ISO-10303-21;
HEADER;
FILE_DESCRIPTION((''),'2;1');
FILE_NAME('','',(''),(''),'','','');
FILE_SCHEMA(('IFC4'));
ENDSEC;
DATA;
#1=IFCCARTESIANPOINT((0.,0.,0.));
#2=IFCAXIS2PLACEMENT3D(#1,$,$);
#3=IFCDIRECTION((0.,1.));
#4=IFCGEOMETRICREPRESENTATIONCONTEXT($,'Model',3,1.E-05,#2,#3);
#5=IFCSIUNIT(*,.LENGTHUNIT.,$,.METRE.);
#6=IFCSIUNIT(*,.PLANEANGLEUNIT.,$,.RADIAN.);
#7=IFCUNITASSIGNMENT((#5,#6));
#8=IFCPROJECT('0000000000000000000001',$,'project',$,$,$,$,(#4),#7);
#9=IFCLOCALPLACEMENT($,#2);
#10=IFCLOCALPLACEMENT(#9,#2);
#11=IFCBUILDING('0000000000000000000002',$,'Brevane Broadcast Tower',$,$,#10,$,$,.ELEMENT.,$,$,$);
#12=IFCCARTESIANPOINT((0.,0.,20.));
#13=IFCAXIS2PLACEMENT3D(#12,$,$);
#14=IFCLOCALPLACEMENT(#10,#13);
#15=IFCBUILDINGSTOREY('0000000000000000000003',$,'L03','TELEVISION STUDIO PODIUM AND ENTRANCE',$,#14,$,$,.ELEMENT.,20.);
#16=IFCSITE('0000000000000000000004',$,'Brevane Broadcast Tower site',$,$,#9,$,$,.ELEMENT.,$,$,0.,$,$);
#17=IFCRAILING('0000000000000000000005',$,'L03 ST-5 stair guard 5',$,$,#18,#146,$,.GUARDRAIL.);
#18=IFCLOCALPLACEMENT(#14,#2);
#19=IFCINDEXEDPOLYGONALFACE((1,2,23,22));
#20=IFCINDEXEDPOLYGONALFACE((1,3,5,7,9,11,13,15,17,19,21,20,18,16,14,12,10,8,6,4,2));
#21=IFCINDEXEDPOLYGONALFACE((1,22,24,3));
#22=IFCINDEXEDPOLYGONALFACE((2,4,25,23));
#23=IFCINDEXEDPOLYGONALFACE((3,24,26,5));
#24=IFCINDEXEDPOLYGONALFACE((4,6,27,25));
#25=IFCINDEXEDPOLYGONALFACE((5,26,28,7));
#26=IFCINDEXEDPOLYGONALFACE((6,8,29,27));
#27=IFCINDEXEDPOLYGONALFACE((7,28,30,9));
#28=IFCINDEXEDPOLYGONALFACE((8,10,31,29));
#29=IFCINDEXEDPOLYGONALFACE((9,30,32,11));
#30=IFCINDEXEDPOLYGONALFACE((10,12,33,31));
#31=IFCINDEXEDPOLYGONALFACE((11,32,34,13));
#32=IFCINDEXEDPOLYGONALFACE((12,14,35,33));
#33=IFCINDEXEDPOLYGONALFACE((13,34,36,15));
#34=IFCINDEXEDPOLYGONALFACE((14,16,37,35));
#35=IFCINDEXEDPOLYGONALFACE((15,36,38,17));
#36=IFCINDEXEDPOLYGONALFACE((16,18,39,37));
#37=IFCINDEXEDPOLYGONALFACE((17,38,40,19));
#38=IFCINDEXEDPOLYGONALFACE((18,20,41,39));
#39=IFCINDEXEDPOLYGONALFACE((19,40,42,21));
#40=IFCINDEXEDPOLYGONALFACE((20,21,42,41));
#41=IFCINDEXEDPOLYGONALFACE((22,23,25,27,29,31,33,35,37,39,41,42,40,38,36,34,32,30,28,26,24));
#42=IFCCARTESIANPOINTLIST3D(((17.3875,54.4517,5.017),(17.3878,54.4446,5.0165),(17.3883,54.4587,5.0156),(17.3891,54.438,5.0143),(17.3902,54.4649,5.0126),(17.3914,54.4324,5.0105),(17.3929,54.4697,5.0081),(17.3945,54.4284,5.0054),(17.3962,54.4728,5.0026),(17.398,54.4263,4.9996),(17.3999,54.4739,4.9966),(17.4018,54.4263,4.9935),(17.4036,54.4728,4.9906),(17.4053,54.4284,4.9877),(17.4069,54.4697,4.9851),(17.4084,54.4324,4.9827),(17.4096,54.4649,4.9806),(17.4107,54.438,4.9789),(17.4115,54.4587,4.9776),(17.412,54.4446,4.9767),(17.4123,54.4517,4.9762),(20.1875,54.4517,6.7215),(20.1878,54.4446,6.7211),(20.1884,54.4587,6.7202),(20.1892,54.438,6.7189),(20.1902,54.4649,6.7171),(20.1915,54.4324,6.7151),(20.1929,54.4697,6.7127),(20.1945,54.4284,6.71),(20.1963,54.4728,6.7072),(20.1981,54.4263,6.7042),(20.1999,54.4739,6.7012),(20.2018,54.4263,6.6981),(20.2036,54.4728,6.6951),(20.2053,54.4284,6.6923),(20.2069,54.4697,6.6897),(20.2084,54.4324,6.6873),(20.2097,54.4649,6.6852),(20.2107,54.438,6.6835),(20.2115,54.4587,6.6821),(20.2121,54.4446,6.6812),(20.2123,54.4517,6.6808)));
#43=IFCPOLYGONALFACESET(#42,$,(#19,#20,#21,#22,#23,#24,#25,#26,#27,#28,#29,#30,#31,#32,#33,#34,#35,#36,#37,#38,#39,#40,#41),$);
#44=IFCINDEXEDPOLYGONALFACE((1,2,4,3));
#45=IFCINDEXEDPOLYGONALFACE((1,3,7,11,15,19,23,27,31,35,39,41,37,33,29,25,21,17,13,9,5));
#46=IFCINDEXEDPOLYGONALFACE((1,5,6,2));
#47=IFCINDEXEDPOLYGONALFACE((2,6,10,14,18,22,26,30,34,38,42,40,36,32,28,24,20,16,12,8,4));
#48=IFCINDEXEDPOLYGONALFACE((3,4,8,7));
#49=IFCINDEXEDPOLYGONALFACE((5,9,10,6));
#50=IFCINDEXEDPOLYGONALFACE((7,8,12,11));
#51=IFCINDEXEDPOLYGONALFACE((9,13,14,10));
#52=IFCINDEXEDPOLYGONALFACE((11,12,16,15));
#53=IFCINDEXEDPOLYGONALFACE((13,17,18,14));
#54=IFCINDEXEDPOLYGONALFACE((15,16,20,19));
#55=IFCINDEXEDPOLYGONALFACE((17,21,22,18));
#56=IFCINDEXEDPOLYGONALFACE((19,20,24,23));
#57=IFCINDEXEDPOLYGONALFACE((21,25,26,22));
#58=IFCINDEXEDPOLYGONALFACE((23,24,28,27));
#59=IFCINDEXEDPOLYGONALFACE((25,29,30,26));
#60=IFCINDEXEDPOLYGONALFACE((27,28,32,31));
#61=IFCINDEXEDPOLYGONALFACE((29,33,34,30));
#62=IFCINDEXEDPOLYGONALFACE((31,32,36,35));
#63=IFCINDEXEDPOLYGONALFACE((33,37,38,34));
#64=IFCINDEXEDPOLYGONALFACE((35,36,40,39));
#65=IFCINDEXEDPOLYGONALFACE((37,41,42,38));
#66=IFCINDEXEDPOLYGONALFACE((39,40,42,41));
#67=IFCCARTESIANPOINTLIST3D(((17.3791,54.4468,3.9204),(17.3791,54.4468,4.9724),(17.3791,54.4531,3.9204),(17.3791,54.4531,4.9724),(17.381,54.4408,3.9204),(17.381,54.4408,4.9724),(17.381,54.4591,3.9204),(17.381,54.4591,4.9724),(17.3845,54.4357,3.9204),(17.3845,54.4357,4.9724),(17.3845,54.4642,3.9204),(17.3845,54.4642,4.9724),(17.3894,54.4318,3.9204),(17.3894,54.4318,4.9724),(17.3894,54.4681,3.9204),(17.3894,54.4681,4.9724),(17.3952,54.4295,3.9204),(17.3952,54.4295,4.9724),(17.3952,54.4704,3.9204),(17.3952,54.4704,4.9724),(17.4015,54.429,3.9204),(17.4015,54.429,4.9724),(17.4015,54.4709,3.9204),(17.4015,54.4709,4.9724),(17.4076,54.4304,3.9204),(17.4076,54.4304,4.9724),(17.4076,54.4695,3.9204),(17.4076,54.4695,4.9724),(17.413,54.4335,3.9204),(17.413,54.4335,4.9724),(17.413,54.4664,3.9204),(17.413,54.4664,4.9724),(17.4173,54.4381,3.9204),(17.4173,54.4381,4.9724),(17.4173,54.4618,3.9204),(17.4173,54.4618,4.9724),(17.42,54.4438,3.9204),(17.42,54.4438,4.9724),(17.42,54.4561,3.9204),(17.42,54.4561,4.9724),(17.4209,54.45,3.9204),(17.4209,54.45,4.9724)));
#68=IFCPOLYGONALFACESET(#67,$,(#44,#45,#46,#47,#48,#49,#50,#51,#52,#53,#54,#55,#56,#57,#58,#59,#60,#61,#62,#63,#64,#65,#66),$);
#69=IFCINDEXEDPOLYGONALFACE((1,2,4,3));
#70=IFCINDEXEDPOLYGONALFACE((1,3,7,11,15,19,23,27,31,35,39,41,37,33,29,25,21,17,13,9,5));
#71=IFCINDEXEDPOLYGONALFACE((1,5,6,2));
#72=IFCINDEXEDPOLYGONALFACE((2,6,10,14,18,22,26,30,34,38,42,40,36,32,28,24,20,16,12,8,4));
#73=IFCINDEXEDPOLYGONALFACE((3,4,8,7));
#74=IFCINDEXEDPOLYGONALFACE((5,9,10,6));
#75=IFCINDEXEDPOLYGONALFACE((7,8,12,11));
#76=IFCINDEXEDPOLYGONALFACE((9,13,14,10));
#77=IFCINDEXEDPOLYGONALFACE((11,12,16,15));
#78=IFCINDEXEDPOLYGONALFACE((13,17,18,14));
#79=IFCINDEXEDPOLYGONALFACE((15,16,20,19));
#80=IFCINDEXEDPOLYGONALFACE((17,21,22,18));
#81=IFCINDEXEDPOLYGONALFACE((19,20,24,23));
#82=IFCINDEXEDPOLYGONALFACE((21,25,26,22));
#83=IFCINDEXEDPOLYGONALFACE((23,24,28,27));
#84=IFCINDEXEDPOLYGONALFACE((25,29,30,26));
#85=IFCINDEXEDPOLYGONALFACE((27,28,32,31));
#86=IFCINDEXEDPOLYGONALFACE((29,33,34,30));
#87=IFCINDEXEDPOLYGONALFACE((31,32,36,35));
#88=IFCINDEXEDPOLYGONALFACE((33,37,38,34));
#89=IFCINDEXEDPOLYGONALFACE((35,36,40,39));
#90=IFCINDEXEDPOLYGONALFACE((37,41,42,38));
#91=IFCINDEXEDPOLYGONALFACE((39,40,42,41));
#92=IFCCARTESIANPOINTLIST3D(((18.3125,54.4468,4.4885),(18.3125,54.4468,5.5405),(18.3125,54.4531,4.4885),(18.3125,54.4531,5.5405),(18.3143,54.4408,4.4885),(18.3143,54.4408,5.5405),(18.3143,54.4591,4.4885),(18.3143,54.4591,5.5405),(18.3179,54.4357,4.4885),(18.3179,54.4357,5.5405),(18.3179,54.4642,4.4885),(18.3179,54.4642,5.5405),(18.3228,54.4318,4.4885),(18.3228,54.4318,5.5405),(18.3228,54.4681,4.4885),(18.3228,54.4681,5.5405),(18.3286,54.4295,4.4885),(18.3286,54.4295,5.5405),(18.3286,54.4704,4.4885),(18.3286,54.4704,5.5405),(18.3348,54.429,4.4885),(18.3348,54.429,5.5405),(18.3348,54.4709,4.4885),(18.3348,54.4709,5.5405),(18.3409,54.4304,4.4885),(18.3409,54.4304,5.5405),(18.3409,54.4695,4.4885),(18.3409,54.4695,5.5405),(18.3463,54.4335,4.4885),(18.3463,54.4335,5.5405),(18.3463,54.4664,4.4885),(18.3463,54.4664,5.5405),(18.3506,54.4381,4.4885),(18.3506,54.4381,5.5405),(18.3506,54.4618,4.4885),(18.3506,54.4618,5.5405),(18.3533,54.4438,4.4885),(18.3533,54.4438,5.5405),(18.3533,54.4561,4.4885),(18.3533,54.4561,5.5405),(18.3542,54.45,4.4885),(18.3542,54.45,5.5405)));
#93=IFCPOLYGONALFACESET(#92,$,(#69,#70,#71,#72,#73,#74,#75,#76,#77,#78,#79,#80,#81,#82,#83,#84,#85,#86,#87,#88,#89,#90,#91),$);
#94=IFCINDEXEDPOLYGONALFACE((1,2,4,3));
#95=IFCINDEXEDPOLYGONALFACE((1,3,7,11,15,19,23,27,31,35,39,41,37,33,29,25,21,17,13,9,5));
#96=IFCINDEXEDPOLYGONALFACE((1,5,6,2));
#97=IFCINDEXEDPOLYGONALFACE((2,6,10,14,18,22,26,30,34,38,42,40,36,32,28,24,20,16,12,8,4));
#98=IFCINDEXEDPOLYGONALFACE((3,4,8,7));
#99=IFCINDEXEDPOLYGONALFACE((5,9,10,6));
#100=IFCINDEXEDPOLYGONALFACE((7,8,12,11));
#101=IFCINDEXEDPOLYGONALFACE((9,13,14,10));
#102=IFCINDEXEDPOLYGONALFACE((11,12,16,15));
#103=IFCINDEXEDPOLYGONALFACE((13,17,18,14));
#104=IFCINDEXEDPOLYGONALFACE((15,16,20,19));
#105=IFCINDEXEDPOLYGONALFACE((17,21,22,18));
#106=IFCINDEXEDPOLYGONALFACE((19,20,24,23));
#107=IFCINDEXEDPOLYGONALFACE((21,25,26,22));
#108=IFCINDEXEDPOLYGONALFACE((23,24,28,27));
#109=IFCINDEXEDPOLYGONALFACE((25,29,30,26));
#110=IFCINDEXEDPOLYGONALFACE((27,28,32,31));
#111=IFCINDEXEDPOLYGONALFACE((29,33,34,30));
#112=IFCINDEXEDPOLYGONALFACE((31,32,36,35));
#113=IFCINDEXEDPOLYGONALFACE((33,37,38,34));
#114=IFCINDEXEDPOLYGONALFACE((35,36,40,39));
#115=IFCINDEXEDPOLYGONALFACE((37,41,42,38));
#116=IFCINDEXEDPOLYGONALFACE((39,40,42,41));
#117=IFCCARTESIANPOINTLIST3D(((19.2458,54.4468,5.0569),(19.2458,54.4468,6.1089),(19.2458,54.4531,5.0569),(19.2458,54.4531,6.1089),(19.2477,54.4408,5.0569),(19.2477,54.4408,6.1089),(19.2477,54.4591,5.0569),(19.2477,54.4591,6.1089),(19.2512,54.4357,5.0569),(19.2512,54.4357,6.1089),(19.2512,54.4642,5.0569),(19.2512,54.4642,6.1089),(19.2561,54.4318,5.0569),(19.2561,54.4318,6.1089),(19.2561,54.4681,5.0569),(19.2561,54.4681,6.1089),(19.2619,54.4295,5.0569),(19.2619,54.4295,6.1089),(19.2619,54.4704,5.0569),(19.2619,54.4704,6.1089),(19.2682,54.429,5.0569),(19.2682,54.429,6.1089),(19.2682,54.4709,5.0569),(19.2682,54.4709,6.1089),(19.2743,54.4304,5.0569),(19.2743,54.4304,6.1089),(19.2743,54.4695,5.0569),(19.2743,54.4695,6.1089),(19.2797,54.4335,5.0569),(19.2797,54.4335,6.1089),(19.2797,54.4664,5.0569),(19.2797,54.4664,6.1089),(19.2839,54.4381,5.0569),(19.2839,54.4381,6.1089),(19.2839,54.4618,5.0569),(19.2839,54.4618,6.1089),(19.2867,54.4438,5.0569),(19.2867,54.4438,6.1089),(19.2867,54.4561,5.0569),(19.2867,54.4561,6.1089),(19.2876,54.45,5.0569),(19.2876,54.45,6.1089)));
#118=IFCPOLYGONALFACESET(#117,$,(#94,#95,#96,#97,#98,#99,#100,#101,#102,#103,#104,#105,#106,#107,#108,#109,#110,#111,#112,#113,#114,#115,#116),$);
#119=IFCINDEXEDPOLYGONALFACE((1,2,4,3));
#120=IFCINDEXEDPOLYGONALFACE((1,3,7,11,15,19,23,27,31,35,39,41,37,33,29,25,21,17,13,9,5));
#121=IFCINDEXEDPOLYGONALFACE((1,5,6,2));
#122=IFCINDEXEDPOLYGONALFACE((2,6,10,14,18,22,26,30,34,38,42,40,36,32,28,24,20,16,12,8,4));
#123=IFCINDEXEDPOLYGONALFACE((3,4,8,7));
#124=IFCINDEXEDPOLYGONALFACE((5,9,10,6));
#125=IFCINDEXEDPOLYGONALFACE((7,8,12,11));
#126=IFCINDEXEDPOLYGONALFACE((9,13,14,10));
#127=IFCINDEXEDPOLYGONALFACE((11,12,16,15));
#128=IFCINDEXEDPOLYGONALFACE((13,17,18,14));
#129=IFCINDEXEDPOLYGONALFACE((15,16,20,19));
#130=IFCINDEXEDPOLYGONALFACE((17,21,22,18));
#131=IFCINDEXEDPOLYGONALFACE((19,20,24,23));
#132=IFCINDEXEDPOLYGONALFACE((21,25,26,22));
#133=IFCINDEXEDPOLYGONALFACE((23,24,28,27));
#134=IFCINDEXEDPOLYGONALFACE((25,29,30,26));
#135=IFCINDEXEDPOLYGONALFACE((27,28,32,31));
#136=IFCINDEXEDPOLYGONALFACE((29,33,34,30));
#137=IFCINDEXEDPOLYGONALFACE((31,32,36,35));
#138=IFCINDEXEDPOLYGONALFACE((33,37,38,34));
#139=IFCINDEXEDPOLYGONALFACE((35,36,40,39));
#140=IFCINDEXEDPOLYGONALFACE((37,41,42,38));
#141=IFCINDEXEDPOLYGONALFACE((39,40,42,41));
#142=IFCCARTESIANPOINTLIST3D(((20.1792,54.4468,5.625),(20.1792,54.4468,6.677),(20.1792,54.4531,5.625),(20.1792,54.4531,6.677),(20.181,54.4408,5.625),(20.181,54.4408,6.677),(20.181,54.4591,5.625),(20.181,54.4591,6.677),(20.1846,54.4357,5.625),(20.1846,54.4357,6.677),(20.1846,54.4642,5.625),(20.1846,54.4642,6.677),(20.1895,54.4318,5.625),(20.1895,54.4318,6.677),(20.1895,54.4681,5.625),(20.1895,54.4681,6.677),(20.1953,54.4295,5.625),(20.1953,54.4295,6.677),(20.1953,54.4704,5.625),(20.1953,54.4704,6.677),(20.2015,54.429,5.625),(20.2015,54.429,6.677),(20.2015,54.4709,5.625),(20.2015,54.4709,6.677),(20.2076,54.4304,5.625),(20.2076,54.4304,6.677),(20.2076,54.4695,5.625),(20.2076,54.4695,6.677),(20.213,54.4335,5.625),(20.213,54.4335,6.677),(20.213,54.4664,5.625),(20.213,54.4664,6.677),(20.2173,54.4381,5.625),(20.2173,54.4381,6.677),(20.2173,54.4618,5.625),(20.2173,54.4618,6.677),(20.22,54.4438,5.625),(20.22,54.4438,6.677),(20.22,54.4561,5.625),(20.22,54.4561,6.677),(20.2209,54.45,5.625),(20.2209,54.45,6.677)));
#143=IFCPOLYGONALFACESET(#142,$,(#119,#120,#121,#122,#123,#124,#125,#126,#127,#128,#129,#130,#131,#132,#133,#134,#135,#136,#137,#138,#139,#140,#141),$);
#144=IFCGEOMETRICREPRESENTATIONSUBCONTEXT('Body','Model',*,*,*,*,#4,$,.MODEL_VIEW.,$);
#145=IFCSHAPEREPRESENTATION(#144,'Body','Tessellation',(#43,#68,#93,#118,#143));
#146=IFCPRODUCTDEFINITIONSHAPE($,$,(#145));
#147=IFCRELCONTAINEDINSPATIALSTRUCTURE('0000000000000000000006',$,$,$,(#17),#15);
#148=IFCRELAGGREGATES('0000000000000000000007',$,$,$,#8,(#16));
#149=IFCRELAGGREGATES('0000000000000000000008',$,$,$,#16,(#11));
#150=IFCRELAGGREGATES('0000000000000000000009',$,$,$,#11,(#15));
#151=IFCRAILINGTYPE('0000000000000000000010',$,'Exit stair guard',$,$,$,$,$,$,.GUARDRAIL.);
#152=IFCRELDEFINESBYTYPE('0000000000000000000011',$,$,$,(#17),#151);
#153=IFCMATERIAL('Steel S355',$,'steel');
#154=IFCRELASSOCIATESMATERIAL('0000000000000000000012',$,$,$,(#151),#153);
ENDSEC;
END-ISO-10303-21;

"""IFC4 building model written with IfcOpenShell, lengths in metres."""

from ifc_helpers import new_model, si_unit, direction, frame, origin, origin_2d, place, context, subcontext, project, spatial, circle, extrude, material, type_object, element, save


model = new_model("IFC4")

# Units and contexts
model_context = context("Model", 3, precision=1e-05, world=origin(), true_north=direction((0.0, 1.0)))
body_context = subcontext(model_context, "Body", "Model", "MODEL_VIEW")
ifc_project = project(units=[si_unit("LENGTHUNIT", "METRE"), si_unit("PLANEANGLEUNIT", "RADIAN")], contexts=[model_context])

# Site, building, storey
site_placement = place(None, origin())
site = spatial("IfcSite", under=ifc_project, at=site_placement, Name="Brevane Broadcast Tower site", CompositionType="ELEMENT", RefElevation=0.0)
building_placement = place(site_placement, origin())
building = spatial("IfcBuilding", under=site, at=building_placement, Name="Brevane Broadcast Tower", CompositionType="ELEMENT")
storey_placement = place(building_placement, frame((0.0, 0.0, 20.0)))
storey = spatial("IfcBuildingStorey", under=building, at=storey_placement, Name="L03", Description="TELEVISION STUDIO PODIUM AND ENTRANCE", CompositionType="ELEMENT", Elevation=20.0)

# Railing
ifc_material_1 = material(Name="Steel S355", Category="steel")
railing_type_1 = type_object("IfcRailingType", Name="Exit stair guard", PredefinedType="GUARDRAIL", material=ifc_material_1)
railing_1_placement = place(storey_placement, frame((17.3999, 54.45, 3.9204)))
element("IfcRailing", 1, at=railing_1_placement, inside=storey, type_object=railing_type_1, Name="L03 ST-5 stair guard 5", PredefinedType="GUARDRAIL", context=body_context, shape_type="SweptSolid", body=[
    extrude(circle(Radius=0.0239, at=origin_2d()), frame((0.0, 0.0, 1.0762), z_axis=(0.85417, 0.0, 0.519994), x_axis=(0.0, 1.0, 0.0)), (0.0, 0.0, 1.0), 3.2781),
    extrude(circle(Radius=0.021, at=origin_2d()), origin(), (0.0, 0.0, 1.0), 1.052),
    extrude(circle(Radius=0.021, at=origin_2d()), frame((0.9333, 0.0, 0.5681)), (0.0, 0.0, 1.0), 1.052),
    extrude(circle(Radius=0.021, at=origin_2d()), frame((1.8667, 0.0, 1.1365)), (0.0, 0.0, 1.0), 1.052),
    extrude(circle(Radius=0.021, at=origin_2d()), frame((2.8, 0.0, 1.7046)), (0.0, 0.0, 1.0), 1.052),
])

save(model, "model.ifc")
